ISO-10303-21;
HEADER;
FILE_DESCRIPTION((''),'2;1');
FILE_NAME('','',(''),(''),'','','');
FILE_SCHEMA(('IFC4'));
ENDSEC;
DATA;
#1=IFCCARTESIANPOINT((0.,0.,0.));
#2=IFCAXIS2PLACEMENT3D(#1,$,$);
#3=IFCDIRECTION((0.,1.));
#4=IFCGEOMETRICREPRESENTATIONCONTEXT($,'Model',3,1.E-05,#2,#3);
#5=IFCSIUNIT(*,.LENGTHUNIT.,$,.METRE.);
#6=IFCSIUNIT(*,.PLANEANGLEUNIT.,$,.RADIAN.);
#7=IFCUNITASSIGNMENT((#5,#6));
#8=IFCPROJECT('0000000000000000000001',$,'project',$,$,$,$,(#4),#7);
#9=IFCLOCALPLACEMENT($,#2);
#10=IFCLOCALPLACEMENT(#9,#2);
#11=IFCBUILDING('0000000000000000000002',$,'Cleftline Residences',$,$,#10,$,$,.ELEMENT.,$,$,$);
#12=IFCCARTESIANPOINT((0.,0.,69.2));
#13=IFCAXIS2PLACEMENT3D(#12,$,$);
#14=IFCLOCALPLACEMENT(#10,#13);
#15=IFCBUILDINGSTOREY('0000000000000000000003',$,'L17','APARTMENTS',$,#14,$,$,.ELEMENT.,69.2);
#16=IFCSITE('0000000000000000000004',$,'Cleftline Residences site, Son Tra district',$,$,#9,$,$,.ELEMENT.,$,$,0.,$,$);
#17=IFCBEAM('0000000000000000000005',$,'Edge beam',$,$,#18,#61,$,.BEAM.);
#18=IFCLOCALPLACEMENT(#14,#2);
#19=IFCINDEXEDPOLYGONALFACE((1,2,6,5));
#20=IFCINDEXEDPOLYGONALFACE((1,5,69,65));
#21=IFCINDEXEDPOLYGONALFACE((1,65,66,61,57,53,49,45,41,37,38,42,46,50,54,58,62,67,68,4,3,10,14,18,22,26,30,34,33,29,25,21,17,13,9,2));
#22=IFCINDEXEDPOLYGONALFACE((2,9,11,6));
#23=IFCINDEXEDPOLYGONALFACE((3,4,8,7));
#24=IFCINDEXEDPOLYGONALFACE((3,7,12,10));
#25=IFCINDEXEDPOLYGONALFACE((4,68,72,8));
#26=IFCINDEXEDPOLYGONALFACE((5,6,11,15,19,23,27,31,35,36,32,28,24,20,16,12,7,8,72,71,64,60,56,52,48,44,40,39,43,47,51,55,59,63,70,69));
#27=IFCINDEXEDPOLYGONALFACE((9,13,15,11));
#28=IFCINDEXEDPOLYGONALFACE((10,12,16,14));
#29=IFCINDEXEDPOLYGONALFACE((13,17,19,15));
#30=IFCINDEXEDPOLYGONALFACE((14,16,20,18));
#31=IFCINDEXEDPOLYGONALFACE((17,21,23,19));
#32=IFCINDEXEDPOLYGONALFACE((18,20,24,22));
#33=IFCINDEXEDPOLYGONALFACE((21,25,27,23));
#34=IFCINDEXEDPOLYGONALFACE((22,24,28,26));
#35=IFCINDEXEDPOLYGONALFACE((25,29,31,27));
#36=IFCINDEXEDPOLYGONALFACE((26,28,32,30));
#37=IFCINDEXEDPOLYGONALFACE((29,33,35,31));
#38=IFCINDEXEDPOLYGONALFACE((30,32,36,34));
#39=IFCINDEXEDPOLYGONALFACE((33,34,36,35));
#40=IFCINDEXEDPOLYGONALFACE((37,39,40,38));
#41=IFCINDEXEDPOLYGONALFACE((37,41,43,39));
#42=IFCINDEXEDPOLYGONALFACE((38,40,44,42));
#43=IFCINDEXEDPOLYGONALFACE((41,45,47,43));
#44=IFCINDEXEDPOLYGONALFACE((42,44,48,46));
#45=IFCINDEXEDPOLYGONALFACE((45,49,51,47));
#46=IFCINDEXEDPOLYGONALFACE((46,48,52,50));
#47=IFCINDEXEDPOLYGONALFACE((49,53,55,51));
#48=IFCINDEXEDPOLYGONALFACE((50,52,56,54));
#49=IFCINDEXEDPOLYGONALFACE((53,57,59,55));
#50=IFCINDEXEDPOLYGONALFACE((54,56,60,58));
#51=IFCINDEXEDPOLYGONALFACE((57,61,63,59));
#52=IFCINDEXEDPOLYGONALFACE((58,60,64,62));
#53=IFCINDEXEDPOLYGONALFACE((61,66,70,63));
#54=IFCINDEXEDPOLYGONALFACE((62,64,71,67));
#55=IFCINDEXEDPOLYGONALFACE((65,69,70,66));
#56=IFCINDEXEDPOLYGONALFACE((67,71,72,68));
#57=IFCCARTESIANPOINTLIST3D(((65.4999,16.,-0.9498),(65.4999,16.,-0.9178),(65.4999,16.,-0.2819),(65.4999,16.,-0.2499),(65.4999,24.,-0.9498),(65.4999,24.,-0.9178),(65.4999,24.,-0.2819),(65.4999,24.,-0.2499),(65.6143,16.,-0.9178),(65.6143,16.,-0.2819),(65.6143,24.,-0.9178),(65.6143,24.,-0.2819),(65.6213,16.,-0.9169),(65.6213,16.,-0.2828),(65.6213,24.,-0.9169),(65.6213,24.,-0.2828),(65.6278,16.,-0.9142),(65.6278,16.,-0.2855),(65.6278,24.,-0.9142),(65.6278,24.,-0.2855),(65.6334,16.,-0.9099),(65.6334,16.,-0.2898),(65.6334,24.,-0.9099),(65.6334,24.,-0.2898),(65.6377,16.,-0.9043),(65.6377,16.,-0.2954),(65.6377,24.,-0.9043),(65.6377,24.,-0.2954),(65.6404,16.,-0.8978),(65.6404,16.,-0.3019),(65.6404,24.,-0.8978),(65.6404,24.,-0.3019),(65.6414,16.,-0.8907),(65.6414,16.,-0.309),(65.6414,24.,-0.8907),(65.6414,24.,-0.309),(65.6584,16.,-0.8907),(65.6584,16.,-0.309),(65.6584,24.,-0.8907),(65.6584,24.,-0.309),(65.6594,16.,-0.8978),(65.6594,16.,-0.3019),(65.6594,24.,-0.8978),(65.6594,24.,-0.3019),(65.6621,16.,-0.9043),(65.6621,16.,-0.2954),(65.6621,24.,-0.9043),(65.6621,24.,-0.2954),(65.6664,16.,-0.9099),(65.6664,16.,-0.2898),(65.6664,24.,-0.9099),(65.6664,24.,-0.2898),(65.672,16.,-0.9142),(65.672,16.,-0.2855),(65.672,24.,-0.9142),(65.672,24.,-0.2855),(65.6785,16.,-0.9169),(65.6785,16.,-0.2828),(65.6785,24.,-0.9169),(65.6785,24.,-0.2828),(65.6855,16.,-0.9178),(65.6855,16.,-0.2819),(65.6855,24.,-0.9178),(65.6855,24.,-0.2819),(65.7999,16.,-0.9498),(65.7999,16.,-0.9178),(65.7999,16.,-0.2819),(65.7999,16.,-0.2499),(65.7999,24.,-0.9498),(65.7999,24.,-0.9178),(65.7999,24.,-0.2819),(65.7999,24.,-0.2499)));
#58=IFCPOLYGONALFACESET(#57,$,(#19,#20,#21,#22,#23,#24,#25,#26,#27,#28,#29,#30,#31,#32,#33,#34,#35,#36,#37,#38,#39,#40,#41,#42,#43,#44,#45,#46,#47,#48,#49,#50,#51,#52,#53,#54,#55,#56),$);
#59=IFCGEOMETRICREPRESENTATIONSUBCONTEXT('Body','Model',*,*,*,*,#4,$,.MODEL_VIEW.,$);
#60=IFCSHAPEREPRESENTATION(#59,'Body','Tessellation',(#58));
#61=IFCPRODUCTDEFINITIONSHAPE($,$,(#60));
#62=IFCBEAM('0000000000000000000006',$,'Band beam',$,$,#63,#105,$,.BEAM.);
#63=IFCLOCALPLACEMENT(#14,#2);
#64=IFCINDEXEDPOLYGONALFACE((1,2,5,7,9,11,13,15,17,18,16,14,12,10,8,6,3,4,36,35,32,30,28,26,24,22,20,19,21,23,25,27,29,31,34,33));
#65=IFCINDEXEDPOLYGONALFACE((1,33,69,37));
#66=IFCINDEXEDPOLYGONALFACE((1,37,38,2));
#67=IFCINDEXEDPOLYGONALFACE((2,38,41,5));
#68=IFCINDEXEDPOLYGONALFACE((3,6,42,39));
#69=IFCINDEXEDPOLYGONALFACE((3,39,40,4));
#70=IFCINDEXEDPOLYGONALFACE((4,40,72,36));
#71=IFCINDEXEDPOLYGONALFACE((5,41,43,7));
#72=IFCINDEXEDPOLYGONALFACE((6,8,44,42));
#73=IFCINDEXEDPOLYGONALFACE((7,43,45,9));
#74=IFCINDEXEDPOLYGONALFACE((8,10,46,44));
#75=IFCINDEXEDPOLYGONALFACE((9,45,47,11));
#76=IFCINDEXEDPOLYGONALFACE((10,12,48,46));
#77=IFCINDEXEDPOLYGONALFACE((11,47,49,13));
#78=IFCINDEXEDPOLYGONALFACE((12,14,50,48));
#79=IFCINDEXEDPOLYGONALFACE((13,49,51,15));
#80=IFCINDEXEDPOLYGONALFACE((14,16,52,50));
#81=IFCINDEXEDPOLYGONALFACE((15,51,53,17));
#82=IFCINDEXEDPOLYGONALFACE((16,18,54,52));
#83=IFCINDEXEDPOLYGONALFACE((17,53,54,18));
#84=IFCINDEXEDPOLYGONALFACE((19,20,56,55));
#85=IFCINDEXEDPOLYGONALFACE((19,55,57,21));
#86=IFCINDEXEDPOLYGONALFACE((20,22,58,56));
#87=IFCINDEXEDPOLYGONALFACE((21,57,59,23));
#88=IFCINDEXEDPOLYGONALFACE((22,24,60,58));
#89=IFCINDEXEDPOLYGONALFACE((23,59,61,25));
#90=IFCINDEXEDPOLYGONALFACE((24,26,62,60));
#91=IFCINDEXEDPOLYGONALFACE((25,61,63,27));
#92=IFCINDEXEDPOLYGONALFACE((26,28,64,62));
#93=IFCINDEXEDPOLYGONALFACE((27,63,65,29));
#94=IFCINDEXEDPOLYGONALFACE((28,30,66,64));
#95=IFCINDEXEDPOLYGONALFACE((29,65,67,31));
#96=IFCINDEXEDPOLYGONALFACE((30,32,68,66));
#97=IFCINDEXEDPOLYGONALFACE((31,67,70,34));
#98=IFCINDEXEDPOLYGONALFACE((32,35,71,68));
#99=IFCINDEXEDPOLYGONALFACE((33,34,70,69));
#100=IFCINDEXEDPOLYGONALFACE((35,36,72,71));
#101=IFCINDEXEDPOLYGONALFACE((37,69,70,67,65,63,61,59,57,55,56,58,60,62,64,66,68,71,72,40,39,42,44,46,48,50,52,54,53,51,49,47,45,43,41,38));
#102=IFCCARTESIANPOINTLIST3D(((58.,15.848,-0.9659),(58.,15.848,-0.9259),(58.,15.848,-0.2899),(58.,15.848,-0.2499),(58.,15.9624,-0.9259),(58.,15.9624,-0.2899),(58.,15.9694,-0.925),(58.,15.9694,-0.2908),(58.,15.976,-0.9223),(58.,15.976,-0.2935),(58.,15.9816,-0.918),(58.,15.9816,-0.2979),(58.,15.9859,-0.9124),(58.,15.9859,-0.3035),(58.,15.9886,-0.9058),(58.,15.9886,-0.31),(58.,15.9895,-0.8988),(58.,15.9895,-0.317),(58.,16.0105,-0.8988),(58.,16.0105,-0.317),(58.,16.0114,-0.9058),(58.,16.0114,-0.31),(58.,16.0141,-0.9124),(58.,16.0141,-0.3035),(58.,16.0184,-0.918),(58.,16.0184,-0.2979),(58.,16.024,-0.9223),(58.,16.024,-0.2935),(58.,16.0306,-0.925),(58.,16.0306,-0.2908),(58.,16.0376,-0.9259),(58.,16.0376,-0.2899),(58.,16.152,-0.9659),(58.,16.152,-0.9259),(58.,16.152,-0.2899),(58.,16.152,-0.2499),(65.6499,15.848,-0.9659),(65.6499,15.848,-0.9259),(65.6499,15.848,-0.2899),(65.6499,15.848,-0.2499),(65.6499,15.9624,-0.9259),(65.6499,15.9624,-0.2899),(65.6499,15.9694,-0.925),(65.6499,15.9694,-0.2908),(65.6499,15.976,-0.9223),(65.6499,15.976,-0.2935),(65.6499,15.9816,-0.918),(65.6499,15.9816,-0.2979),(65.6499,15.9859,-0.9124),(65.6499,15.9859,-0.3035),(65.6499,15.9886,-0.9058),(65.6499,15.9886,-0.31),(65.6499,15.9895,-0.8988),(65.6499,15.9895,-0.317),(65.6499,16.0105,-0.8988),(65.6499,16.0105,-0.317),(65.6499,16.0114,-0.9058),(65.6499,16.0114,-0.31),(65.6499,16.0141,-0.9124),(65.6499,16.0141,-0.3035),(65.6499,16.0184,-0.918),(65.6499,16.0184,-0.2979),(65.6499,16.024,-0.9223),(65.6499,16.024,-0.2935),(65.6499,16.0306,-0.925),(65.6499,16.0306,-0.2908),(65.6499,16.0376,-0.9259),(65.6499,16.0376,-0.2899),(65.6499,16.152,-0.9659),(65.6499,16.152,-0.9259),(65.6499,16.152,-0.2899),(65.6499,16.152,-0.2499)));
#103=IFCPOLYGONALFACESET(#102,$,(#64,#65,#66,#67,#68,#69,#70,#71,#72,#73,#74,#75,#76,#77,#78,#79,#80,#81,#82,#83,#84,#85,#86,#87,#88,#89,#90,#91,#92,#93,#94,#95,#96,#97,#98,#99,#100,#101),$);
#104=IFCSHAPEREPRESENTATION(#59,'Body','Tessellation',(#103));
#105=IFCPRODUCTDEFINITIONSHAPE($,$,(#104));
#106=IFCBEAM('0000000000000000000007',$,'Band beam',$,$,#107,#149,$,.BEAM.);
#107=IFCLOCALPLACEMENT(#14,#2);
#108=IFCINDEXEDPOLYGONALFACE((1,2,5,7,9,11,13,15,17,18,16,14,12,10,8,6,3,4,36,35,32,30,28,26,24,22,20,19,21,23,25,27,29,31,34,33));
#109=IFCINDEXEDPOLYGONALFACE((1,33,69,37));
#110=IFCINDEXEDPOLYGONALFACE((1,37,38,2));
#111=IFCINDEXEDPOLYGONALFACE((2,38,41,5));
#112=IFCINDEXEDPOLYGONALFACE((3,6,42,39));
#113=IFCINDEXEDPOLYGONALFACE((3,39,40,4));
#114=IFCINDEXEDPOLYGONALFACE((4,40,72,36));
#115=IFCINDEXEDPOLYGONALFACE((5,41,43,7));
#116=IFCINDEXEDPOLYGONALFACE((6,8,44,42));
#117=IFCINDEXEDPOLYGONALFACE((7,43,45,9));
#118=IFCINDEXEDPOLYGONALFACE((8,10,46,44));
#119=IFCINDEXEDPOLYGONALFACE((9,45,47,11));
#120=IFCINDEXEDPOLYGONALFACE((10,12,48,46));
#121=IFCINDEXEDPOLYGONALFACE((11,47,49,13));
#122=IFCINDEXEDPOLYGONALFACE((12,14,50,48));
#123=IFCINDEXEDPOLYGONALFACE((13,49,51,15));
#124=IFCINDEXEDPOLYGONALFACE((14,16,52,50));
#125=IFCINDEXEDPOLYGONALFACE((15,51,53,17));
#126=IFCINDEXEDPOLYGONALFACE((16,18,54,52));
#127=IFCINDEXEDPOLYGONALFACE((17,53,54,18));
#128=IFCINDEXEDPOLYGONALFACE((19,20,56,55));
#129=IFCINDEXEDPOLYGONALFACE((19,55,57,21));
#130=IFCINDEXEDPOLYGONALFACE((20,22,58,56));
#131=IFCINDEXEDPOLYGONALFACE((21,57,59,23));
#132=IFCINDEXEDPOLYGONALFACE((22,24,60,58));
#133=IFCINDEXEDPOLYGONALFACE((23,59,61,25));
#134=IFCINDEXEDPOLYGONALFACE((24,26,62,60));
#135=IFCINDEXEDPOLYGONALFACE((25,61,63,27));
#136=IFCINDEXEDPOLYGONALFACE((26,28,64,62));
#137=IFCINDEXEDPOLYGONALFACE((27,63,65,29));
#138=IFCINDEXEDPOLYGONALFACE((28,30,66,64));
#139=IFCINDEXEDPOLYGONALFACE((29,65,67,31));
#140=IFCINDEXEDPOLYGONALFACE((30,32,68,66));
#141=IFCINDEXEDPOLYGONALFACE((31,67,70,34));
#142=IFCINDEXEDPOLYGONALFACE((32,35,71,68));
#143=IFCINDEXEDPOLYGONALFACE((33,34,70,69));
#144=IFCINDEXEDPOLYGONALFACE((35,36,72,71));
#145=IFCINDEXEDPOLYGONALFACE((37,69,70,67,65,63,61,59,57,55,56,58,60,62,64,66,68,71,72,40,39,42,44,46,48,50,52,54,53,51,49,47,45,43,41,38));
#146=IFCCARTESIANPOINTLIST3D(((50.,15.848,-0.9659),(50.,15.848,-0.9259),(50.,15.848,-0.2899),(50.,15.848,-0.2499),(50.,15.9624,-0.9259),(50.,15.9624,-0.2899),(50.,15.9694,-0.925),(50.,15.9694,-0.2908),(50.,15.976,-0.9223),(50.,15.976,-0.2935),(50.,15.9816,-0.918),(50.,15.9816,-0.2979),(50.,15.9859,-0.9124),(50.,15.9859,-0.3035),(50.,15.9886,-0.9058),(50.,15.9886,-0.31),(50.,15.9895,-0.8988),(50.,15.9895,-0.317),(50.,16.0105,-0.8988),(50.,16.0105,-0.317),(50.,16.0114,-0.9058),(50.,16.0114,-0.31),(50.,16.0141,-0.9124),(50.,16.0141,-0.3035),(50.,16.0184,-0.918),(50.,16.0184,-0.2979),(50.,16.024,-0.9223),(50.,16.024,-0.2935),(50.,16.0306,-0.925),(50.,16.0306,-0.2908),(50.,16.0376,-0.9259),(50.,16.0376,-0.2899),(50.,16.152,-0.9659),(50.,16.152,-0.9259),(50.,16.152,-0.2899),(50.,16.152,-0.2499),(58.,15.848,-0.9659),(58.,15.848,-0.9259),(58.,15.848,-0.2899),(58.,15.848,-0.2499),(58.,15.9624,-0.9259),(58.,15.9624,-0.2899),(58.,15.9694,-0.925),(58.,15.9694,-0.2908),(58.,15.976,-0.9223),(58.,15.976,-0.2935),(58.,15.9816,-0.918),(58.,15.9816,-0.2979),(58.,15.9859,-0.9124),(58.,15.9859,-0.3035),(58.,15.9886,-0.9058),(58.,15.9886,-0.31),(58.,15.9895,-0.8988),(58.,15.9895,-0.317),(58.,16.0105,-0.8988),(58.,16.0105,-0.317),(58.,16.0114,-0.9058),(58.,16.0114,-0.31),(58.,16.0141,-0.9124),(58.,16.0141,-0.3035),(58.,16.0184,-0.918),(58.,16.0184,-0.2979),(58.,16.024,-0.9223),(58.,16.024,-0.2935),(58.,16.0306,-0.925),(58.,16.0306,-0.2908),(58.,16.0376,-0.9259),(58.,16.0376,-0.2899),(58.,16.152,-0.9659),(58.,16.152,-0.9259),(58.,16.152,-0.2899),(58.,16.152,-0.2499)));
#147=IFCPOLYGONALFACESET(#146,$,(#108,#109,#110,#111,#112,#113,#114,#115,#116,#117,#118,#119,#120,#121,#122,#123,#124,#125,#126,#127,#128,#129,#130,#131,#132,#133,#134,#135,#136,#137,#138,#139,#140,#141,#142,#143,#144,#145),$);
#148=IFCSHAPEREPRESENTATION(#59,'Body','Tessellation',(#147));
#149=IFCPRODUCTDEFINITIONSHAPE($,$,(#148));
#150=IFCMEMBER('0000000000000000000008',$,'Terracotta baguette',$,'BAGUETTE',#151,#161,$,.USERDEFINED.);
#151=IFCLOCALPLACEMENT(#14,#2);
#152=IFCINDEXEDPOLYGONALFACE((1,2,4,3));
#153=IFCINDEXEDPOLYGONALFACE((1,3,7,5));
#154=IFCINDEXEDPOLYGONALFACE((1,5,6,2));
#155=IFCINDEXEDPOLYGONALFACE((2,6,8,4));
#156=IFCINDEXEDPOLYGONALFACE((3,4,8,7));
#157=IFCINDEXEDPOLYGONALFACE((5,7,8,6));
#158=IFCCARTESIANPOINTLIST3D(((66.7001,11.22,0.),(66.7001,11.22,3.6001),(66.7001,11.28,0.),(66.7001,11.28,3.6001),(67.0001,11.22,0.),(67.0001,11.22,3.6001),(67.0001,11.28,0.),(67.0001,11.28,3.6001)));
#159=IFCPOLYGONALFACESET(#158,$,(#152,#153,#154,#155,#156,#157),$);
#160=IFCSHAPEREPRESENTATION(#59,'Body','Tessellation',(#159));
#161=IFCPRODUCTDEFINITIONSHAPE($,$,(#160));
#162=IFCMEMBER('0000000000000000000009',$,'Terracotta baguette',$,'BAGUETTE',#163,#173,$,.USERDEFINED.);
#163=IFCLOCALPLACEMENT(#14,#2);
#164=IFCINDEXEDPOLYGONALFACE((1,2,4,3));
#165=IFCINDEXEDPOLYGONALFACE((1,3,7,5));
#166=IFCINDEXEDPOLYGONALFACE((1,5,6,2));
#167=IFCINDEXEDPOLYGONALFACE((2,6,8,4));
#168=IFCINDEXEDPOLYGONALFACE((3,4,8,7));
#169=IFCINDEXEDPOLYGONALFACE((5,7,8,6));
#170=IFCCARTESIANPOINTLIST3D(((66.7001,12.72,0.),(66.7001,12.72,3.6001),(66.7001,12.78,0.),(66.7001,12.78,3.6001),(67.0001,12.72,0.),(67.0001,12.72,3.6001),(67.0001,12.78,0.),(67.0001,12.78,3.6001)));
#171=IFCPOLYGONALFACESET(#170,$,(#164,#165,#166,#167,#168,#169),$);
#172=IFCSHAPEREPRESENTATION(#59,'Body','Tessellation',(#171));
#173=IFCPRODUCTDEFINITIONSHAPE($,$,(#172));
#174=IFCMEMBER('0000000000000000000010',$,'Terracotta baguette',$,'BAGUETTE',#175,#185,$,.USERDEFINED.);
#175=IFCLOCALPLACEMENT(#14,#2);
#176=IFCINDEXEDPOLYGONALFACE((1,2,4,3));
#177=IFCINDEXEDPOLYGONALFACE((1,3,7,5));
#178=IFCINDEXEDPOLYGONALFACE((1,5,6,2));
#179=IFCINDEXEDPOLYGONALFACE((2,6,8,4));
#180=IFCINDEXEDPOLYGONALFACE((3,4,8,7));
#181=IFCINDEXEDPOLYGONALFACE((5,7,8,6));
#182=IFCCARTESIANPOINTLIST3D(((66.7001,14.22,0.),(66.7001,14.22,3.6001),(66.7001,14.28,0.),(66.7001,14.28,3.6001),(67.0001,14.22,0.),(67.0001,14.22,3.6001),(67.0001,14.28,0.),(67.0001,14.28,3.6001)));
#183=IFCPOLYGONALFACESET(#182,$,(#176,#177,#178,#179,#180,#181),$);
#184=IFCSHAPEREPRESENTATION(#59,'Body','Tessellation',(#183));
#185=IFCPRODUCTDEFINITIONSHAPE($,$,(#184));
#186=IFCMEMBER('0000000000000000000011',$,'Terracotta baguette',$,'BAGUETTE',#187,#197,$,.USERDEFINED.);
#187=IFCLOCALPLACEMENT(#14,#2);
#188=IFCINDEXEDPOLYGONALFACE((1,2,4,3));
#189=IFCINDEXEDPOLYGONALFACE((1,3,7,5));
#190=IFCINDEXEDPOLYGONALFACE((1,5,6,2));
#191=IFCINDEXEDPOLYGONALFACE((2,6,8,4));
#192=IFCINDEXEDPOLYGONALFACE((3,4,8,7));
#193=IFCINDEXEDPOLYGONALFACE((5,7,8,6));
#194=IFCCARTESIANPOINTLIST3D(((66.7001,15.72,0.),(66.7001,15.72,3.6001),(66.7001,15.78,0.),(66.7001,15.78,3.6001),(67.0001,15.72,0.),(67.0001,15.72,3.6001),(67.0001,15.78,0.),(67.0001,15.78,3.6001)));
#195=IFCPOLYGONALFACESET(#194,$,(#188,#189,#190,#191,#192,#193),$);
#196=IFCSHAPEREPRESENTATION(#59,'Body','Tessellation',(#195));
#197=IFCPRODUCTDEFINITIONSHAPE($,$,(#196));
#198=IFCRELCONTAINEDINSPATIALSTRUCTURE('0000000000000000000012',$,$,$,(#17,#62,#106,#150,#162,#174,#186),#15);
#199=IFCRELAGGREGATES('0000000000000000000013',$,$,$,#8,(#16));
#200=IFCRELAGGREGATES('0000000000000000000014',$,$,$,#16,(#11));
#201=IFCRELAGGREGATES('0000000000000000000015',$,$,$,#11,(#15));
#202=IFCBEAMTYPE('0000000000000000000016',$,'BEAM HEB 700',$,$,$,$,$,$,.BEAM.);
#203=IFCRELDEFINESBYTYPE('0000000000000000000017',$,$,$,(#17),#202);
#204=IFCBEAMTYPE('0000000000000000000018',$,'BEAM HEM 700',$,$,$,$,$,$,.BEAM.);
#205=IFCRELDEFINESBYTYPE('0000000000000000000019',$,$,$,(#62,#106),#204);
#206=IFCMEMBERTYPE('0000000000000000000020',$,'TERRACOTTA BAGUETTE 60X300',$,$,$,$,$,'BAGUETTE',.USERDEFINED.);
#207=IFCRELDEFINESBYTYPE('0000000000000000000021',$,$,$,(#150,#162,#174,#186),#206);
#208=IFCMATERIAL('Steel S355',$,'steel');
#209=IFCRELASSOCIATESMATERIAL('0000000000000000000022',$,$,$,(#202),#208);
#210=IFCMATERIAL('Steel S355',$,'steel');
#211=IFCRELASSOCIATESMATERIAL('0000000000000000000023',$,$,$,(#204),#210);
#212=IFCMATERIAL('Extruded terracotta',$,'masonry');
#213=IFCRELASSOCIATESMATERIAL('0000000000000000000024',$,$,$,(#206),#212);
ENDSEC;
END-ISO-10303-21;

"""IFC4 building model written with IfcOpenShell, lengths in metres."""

from ifc_helpers import new_model, si_unit, direction, frame, origin, origin_2d, place, context, subcontext, project, spatial, rectangle, i_section, extrude, material, material_profile, profile_set, type_object, element, save


model = new_model("IFC4")

# Units and contexts
model_context = context("Model", 3, precision=1e-05, world=origin(), true_north=direction((0.0, 1.0)))
body_context = subcontext(model_context, "Body", "Model", "MODEL_VIEW")
ifc_project = project(units=[si_unit("LENGTHUNIT", "METRE"), si_unit("PLANEANGLEUNIT", "RADIAN")], contexts=[model_context])

# Site, building, storey
site_placement = place(None, origin())
site = spatial("IfcSite", under=ifc_project, at=site_placement, Name="Cleftline Residences site, Son Tra district", CompositionType="ELEMENT", RefElevation=0.0)
building_placement = place(site_placement, origin())
building = spatial("IfcBuilding", under=site, at=building_placement, Name="Cleftline Residences", CompositionType="ELEMENT")
storey_placement = place(building_placement, frame((0.0, 0.0, 69.2)))
storey = spatial("IfcBuildingStorey", under=building, at=storey_placement, Name="L17", Description="APARTMENTS", CompositionType="ELEMENT", Elevation=69.2)

# Beams
ifc_material_1 = material(Name="Steel S355", Category="steel")
ifc_material_profile_1 = material_profile(ifc_material_1, i_section(OverallWidth=0.3, OverallDepth=0.7, WebThickness=0.0171, FlangeThickness=0.032, FilletRadius=0.0271, at=origin_2d()))
ifc_profile_set_1 = profile_set([ifc_material_profile_1], Name="Steel S355")
beam_type_1 = type_object("IfcBeamType", Name="BEAM HEB 700", PredefinedType="BEAM", material=ifc_profile_set_1)
beam_1_placement = place(storey_placement, frame((65.6499, 16.0, -0.5999), z_axis=(0.0, 1.0, 0.0), x_axis=(-1.0, 0.0, 0.0)))
element("IfcBeam", 1, at=beam_1_placement, inside=storey, type_object=beam_type_1, Name="Edge beam", PredefinedType="BEAM", context=body_context, shape_type="SweptSolid", body=[
    extrude(i_section(OverallWidth=0.3, OverallDepth=0.7, WebThickness=0.0171, FlangeThickness=0.032, FilletRadius=0.0271, at=origin_2d()), origin(), (0.0, 0.0, 1.0), 8.0),
])
ifc_material_2 = material(Name="Steel S355", Category="steel")
ifc_material_profile_2 = material_profile(ifc_material_2, i_section(OverallWidth=0.304, OverallDepth=0.7161, WebThickness=0.021, FlangeThickness=0.04, FilletRadius=0.0271, at=origin_2d()))
ifc_profile_set_2 = profile_set([ifc_material_profile_2], Name="Steel S355")
beam_type_2 = type_object("IfcBeamType", Name="BEAM HEM 700", PredefinedType="BEAM", material=ifc_profile_set_2)
beam_2_placement = place(storey_placement, frame((65.6499, 16.0, -0.6079), z_axis=(-1.0, 0.0, 0.0), x_axis=(0.0, -1.0, 0.0)))
element("IfcBeam", 2, at=beam_2_placement, inside=storey, type_object=beam_type_2, Name="Band beam", PredefinedType="BEAM", context=body_context, shape_type="SweptSolid", body=[
    extrude(i_section(OverallWidth=0.304, OverallDepth=0.7161, WebThickness=0.021, FlangeThickness=0.04, FilletRadius=0.0271, at=origin_2d()), origin(), (0.0, 0.0, 1.0), 7.6499),
])
beam_3_placement = place(storey_placement, frame((58.0, 16.0, -0.6079), z_axis=(-1.0, 0.0, 0.0), x_axis=(0.0, -1.0, 0.0)))
element("IfcBeam", 3, at=beam_3_placement, inside=storey, type_object=beam_type_2, Name="Band beam", PredefinedType="BEAM", context=body_context, shape_type="SweptSolid", body=[
    extrude(i_section(OverallWidth=0.304, OverallDepth=0.7161, WebThickness=0.021, FlangeThickness=0.04, FilletRadius=0.0271, at=origin_2d()), origin(), (0.0, 0.0, 1.0), 8.0),
])

# Members
ifc_material_3 = material(Name="Extruded terracotta", Category="masonry")
ifc_material_profile_3 = material_profile(ifc_material_3, rectangle(XDim=0.0601, YDim=0.3, at=origin_2d()))
ifc_profile_set_3 = profile_set([ifc_material_profile_3], Name="Extruded terracotta")
member_type_1 = type_object("IfcMemberType", Name="TERRACOTTA BAGUETTE 60X300", ElementType="BAGUETTE", PredefinedType="USERDEFINED", material=ifc_profile_set_3)
for number, where, z_axis, x_axis, name in (
    (4, (66.8501, 11.25, 0.0), (0.0, 0.0, 1.0), (0.0, 1.0, 0.0), "Terracotta baguette"),
    (5, (66.8501, 12.75, 0.0), (0.0, 0.0, 1.0), (0.0, 1.0, 0.0), "Terracotta baguette"),
    (6, (66.8501, 14.25, 0.0), (0.0, 0.0, 1.0), (0.0, 1.0, 0.0), "Terracotta baguette"),
    (7, (66.8501, 15.75, 0.0), (0.0, 0.0, 1.0), (0.0, 1.0, 0.0), "Terracotta baguette"),
):
    element("IfcMember", number, at=place(storey_placement, frame(where, z_axis=z_axis, x_axis=x_axis)), inside=storey, type_object=member_type_1, Name=name, ObjectType="BAGUETTE", PredefinedType="USERDEFINED", context=body_context, shape_type="SweptSolid", body=[
        extrude(rectangle(XDim=0.0601, YDim=0.3, at=origin_2d()), origin(), (0.0, 0.0, 1.0), 3.6001),
    ])

save(model, "model.ifc")
